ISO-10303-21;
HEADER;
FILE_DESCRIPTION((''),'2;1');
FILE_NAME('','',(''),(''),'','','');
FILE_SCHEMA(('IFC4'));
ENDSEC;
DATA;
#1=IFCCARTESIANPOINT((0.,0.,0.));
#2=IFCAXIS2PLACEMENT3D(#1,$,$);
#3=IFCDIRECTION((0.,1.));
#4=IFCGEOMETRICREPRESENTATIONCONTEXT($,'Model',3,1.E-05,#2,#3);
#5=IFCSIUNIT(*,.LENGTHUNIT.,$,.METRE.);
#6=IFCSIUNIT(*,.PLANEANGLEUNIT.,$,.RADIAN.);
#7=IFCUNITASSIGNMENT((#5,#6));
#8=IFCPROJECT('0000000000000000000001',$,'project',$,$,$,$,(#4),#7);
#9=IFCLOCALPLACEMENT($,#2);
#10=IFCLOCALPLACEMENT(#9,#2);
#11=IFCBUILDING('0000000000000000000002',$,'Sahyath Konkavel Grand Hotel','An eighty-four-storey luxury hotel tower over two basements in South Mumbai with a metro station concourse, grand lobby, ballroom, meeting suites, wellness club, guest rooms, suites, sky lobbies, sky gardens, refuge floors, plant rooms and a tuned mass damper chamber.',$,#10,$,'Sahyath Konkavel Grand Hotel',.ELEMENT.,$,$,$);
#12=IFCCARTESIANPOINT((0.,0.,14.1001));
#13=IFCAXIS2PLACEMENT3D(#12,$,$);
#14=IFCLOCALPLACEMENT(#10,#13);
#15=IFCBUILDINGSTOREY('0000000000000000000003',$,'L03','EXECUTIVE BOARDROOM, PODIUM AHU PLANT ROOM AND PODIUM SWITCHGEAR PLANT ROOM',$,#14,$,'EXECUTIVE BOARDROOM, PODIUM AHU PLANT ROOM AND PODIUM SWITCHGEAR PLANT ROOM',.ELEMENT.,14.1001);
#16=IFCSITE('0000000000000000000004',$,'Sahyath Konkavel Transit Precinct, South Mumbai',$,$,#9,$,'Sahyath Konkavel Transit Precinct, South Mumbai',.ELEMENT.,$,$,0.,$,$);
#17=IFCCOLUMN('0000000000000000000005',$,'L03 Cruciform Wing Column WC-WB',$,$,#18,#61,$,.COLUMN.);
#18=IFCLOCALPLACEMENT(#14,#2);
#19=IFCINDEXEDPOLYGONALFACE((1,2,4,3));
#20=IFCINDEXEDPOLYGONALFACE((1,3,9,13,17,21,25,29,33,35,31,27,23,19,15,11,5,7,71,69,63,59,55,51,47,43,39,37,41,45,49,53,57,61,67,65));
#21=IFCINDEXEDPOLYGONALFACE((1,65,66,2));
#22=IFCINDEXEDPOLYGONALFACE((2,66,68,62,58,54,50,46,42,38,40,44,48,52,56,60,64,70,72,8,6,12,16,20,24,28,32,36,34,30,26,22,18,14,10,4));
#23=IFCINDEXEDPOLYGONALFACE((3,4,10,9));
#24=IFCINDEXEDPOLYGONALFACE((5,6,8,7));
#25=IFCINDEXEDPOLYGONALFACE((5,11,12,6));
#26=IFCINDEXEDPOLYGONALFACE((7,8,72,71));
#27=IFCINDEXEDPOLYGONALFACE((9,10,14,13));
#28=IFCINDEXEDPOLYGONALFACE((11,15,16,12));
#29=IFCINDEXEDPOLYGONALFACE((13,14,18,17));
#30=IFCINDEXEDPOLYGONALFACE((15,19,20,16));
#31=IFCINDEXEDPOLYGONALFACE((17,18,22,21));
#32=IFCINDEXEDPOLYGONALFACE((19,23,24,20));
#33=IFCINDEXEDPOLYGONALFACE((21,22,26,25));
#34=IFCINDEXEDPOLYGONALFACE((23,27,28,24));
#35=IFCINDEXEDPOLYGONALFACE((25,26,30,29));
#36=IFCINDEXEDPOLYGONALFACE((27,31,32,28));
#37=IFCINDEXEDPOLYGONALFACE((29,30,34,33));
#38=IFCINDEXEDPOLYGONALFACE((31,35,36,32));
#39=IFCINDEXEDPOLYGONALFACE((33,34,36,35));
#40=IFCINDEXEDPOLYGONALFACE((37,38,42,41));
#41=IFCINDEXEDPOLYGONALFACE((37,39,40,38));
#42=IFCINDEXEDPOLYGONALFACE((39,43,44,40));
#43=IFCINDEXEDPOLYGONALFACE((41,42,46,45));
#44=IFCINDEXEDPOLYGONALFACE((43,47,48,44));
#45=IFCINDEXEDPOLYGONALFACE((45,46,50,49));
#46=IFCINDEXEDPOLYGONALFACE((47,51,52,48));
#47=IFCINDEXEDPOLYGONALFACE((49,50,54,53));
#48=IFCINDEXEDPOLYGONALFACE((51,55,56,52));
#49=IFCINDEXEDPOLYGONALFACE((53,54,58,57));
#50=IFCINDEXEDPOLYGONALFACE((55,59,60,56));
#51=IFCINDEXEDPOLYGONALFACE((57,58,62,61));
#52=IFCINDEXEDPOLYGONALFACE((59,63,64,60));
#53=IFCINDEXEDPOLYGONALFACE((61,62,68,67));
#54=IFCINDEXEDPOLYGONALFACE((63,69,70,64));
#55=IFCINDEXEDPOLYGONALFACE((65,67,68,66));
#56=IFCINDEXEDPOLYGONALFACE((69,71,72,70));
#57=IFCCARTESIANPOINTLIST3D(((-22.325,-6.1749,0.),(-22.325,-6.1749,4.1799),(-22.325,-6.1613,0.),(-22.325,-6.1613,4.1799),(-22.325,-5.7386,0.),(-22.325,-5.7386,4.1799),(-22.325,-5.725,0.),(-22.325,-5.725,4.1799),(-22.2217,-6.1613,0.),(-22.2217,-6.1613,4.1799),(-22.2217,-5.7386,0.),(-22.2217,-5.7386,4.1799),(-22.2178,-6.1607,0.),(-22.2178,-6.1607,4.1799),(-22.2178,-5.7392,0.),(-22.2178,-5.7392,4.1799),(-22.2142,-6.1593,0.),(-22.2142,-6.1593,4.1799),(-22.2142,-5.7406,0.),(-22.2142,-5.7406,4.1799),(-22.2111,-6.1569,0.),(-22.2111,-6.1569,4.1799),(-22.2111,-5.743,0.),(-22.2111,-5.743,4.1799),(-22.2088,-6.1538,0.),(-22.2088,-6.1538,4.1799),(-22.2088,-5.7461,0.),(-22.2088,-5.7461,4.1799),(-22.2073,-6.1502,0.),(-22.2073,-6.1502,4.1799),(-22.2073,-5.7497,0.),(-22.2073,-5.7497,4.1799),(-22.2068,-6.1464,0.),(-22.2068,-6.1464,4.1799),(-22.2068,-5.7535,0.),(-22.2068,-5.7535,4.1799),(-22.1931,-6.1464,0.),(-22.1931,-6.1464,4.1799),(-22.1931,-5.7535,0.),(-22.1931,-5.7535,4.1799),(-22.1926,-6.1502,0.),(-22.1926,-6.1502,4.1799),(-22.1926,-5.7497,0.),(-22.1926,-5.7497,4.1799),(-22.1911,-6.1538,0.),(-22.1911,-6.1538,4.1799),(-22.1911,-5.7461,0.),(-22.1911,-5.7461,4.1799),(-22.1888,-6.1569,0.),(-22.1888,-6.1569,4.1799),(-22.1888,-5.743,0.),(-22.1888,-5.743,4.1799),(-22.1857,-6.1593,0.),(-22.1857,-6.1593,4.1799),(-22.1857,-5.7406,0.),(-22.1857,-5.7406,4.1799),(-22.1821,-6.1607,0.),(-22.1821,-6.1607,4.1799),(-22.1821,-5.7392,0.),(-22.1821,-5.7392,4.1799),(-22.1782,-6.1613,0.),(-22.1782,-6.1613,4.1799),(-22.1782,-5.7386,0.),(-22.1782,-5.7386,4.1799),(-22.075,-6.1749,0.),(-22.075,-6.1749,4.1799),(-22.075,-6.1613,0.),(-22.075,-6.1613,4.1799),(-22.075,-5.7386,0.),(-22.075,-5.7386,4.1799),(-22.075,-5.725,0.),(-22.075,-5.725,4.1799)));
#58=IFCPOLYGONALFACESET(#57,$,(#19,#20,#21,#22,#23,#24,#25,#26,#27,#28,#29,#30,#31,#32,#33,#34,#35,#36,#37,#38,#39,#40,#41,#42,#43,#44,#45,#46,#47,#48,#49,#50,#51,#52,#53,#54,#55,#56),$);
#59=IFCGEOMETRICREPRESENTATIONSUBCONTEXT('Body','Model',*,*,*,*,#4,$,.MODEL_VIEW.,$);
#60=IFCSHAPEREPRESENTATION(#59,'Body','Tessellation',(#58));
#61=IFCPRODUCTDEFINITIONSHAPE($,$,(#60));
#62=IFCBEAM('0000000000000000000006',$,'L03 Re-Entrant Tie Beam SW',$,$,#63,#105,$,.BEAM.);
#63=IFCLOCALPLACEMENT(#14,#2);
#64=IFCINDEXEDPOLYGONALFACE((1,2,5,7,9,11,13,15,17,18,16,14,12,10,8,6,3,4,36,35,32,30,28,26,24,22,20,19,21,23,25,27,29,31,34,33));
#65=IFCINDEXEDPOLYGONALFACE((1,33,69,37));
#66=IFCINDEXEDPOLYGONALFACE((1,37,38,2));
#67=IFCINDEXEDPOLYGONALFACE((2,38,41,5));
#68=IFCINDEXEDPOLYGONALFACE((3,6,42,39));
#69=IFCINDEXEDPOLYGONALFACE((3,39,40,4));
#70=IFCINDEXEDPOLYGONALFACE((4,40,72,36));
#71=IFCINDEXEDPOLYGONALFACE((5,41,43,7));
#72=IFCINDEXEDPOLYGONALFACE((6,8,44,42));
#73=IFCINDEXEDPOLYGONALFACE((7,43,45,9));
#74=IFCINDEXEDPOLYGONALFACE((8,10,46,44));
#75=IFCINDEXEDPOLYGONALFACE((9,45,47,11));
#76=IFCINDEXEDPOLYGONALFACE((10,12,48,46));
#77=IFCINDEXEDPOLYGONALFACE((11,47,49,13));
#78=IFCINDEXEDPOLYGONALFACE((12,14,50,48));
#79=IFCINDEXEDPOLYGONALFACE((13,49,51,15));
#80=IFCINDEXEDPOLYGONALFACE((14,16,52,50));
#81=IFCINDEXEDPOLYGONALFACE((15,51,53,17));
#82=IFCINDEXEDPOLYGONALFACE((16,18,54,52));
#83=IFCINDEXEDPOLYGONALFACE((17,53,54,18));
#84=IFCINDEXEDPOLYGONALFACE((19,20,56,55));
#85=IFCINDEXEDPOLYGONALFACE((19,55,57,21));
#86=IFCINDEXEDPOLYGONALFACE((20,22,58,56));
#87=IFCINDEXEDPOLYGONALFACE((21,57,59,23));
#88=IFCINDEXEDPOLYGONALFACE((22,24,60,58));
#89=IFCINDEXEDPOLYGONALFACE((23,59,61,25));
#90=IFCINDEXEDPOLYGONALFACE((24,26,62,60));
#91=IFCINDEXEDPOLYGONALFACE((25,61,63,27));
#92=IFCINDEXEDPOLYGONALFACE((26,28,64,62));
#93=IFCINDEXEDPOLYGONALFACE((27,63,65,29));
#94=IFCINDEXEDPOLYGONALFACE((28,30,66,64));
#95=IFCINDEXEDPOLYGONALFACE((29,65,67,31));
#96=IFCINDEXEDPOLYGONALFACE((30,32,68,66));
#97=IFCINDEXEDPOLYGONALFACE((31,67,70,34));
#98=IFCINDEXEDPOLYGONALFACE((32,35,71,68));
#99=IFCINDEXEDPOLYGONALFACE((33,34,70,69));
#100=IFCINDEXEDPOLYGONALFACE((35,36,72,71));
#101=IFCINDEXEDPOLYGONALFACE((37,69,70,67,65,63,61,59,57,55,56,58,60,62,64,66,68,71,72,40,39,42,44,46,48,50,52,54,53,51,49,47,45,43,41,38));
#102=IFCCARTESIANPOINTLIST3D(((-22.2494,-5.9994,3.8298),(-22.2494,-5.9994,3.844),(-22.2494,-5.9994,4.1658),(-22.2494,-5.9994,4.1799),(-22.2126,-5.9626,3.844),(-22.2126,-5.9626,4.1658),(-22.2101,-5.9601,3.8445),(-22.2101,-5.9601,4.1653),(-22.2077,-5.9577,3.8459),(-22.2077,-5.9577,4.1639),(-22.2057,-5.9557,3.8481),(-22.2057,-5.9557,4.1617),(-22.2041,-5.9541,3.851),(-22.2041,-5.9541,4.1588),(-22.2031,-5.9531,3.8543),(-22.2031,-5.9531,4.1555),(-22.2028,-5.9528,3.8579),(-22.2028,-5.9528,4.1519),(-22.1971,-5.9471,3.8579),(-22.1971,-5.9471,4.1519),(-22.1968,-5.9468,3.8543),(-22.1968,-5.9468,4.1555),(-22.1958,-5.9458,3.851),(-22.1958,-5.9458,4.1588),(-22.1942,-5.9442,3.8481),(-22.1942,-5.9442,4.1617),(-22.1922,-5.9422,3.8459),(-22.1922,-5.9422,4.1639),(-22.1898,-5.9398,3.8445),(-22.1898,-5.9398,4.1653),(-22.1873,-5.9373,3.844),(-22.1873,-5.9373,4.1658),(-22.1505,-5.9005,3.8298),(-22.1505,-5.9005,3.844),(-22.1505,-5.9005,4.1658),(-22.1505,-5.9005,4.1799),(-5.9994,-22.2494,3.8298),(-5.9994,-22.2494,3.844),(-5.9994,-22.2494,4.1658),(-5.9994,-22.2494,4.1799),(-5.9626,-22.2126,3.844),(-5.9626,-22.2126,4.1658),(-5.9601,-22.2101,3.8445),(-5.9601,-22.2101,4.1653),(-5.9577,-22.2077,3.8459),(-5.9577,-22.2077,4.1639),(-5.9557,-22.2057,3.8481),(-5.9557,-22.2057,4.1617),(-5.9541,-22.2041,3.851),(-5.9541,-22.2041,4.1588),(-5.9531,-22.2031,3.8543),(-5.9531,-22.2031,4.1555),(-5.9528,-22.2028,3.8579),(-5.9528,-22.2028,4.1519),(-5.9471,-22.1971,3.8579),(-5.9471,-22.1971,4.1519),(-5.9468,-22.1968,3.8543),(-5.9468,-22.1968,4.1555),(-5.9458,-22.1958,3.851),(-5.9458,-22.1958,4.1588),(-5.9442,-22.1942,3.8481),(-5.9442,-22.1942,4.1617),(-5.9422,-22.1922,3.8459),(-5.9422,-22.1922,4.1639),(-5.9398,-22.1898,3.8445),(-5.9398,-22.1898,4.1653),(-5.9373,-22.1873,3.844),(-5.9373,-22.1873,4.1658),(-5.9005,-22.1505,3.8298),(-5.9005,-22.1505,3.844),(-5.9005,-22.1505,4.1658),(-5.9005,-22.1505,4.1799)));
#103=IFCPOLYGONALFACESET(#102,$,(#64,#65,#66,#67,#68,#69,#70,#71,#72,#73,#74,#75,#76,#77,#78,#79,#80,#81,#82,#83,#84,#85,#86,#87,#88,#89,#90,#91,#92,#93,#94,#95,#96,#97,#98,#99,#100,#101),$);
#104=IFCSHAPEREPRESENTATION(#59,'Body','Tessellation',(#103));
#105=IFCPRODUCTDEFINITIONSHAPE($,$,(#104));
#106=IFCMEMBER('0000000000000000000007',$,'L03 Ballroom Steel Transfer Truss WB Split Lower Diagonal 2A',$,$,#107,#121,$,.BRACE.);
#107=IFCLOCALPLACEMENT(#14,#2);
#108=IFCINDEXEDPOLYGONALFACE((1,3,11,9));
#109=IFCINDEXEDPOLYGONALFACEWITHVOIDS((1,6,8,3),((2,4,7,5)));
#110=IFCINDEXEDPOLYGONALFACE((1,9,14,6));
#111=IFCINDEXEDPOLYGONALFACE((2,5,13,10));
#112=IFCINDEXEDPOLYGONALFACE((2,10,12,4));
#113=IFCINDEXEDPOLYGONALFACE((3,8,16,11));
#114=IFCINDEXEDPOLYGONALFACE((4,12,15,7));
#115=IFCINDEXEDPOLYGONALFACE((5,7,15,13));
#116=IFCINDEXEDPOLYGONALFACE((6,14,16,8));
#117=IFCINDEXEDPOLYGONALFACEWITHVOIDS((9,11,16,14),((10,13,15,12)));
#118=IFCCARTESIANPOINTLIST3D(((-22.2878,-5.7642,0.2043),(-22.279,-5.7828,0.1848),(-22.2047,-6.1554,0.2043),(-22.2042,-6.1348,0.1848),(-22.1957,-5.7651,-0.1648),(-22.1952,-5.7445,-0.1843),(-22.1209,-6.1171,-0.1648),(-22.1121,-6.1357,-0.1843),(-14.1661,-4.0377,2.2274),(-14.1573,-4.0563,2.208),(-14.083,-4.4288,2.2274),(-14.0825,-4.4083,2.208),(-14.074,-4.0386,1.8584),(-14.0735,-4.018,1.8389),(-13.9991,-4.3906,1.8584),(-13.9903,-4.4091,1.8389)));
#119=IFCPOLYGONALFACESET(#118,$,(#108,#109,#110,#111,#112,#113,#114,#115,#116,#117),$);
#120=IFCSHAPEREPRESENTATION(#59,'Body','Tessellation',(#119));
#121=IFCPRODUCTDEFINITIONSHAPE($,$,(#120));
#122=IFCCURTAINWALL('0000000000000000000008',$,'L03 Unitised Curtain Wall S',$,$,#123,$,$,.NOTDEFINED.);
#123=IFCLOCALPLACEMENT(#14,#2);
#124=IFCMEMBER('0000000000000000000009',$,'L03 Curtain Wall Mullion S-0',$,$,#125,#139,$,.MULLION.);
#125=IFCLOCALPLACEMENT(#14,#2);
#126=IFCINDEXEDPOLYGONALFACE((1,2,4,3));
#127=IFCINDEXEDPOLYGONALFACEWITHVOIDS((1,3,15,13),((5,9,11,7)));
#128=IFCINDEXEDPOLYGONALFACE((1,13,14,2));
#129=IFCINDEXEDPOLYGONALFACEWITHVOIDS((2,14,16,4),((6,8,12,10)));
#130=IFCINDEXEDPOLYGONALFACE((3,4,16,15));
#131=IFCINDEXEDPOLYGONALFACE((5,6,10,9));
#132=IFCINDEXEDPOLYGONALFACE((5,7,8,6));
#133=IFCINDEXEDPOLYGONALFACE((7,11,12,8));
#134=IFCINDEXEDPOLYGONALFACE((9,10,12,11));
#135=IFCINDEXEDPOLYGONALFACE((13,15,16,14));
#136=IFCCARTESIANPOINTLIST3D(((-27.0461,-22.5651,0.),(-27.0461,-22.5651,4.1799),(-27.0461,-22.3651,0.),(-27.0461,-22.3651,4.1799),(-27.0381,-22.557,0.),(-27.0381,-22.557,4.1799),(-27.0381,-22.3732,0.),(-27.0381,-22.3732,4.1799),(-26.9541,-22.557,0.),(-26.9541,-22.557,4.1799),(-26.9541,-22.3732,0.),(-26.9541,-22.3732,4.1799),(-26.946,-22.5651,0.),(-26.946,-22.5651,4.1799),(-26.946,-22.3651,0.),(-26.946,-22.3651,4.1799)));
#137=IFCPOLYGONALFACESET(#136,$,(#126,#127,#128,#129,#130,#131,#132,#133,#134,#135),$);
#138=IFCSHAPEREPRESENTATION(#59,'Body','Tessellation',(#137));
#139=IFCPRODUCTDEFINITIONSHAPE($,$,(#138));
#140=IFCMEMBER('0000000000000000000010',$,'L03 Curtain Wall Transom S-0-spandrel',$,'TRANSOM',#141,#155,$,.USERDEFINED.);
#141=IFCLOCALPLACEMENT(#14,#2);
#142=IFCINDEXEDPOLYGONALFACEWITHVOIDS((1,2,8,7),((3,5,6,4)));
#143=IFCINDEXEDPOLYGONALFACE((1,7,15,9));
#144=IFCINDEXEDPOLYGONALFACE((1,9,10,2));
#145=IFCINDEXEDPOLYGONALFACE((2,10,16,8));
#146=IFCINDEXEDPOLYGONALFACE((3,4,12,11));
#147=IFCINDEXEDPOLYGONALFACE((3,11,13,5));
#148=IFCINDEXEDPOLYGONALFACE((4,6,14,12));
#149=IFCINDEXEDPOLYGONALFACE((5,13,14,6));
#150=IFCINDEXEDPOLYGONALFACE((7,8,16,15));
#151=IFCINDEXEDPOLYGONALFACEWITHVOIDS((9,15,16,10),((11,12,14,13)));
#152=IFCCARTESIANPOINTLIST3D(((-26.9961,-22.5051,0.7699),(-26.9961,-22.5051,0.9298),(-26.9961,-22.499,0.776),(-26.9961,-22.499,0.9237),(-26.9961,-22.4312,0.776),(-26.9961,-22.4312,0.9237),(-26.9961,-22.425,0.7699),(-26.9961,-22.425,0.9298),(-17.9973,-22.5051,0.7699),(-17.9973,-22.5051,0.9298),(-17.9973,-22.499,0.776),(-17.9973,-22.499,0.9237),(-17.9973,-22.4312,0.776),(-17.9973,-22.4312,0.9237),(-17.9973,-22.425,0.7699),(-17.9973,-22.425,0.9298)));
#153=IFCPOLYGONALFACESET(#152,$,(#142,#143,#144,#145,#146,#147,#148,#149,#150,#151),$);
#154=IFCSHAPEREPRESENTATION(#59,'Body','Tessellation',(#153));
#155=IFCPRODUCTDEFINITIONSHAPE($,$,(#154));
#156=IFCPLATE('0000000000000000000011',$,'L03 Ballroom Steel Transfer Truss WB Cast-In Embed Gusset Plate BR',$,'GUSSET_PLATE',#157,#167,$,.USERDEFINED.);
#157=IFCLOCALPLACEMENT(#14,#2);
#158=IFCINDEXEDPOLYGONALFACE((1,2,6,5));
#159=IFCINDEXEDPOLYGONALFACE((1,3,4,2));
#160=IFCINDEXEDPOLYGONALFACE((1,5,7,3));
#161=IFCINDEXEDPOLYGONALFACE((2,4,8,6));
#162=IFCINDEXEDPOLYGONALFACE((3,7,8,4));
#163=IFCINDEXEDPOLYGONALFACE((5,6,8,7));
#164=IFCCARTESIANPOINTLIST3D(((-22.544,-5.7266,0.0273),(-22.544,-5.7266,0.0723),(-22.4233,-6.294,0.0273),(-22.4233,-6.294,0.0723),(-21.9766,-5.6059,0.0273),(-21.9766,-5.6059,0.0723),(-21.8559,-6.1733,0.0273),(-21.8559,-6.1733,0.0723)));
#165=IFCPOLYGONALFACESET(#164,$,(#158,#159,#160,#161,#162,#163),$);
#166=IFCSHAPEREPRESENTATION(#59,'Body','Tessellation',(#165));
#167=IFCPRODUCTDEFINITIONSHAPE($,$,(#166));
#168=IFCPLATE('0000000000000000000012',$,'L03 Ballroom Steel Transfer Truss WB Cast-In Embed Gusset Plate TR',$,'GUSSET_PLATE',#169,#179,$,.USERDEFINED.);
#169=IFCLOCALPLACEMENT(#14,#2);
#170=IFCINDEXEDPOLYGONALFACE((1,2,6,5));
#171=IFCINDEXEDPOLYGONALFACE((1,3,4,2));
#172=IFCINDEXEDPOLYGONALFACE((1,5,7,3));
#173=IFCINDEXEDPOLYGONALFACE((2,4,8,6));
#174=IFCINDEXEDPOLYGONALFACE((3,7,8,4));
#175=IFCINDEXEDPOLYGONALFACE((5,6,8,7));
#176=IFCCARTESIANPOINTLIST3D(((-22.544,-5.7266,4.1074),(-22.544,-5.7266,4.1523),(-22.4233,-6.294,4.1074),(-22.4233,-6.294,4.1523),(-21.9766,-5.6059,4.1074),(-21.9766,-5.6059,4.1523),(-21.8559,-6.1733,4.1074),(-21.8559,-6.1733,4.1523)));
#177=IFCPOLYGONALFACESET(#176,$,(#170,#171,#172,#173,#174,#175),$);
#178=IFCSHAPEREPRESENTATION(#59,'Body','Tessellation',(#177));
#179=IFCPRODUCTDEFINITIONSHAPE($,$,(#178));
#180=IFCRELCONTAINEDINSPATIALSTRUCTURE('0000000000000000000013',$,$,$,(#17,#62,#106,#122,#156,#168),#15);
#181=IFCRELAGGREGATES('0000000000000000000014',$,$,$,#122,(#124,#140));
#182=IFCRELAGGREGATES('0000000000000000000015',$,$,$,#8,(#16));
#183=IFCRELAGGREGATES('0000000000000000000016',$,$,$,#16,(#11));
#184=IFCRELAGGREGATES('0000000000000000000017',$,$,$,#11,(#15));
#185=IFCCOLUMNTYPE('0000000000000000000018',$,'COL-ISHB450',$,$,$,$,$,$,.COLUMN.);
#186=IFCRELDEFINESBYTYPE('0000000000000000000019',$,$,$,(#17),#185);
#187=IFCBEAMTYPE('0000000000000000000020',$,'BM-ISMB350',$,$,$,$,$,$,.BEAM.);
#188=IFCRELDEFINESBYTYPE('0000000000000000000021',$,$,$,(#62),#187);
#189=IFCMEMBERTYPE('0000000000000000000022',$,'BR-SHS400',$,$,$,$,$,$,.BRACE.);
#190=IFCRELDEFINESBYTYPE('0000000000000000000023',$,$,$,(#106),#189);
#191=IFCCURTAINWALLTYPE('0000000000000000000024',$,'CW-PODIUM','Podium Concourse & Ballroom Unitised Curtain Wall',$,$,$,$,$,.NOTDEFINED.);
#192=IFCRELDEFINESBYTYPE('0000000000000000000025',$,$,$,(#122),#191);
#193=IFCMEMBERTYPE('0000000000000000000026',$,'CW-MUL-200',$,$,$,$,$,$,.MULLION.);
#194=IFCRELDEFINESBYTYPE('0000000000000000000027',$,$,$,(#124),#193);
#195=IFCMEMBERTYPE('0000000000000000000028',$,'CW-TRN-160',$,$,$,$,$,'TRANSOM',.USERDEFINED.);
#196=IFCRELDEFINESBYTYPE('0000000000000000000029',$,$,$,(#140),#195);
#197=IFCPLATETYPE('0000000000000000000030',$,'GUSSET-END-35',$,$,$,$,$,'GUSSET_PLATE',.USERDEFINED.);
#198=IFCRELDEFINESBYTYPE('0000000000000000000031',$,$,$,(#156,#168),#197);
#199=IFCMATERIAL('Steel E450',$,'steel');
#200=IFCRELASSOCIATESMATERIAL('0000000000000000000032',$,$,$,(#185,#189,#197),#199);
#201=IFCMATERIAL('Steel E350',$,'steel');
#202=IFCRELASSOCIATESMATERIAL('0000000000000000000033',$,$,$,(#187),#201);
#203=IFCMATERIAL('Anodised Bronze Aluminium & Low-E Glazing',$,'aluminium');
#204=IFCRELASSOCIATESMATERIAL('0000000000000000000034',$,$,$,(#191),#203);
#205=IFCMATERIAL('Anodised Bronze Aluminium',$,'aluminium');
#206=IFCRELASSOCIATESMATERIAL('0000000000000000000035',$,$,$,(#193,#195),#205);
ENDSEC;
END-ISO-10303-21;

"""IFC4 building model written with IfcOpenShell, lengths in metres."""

from ifc_helpers import new_model, si_unit, direction, frame, origin, origin_2d, place, context, subcontext, project, spatial, rectangle, hollow_rectangle, i_section, extrude, source, transform, mapped, material, material_profile, profile_set, type_object, element, aggregate, save


model = new_model("IFC4")

# Units and contexts
model_context = context("Model", 3, precision=1e-05, world=origin(), true_north=direction((0.0, 1.0)))
body_context = subcontext(model_context, "Body", "Model", "MODEL_VIEW")
ifc_project = project(units=[si_unit("LENGTHUNIT", "METRE"), si_unit("PLANEANGLEUNIT", "RADIAN")], contexts=[model_context])

# Site, building, storey
site_placement = place(None, origin())
site = spatial("IfcSite", under=ifc_project, at=site_placement, Name="Sahyath Konkavel Transit Precinct, South Mumbai", LongName="Sahyath Konkavel Transit Precinct, South Mumbai", CompositionType="ELEMENT", RefElevation=0.0)
building_placement = place(site_placement, origin())
building = spatial("IfcBuilding", under=site, at=building_placement, Name="Sahyath Konkavel Grand Hotel", Description="An eighty-four-storey luxury hotel tower over two basements in South Mumbai with a metro station concourse, grand lobby, ballroom, meeting suites, wellness club, guest rooms, suites, sky lobbies, sky gardens, refuge floors, plant rooms and a tuned mass damper chamber.", LongName="Sahyath Konkavel Grand Hotel", CompositionType="ELEMENT")
storey_placement = place(building_placement, frame((0.0, 0.0, 14.1001)))
storey = spatial("IfcBuildingStorey", under=building, at=storey_placement, Name="L03", Description="EXECUTIVE BOARDROOM, PODIUM AHU PLANT ROOM AND PODIUM SWITCHGEAR PLANT ROOM", LongName="EXECUTIVE BOARDROOM, PODIUM AHU PLANT ROOM AND PODIUM SWITCHGEAR PLANT ROOM", CompositionType="ELEMENT", Elevation=14.1001)

# Column
ifc_material_1 = material(Name="Steel E450", Category="steel")
ifc_material_profile_1 = material_profile(ifc_material_1, i_section(OverallWidth=0.25, OverallDepth=0.45, WebThickness=0.0137, FlangeThickness=0.0137, FilletRadius=0.0149, at=origin_2d()), Name="ISHB 450")
ifc_profile_set_1 = profile_set([ifc_material_profile_1], Name="Steel E450")
column_type = type_object("IfcColumnType", Name="COL-ISHB450", PredefinedType="COLUMN", material=ifc_profile_set_1)
shared_shape_1 = source(origin(), body_context, "Body", "SweptSolid", [
    extrude(i_section(OverallWidth=0.25, OverallDepth=0.45, WebThickness=0.0137, FlangeThickness=0.0137, FilletRadius=0.0149, at=origin_2d()), origin(), (0.0, 0.0, 1.0), 4.1799),
])
column_placement = place(storey_placement, frame((-22.2, -5.95, 0.0), z_axis=(0.0, 0.0, 1.0), x_axis=(1.0, 0.0, 0.0)))
element("IfcColumn", 1, at=column_placement, inside=storey, type_object=column_type, Name="L03 Cruciform Wing Column WC-WB", PredefinedType="COLUMN", context=body_context, shape_type="MappedRepresentation", body=[
    mapped(shared_shape_1, transform((0.0, 0.0, 0.0), scale=1.0)),
])

# Beam
ifc_material_2 = material(Name="Steel E350", Category="steel")
ifc_material_profile_2 = material_profile(ifc_material_2, i_section(OverallWidth=0.1399, OverallDepth=0.3501, WebThickness=0.0081, FlangeThickness=0.0142, FilletRadius=0.0139, at=origin_2d()), Name="ISMB 350")
ifc_profile_set_2 = profile_set([ifc_material_profile_2], Name="Steel E350")
beam_type = type_object("IfcBeamType", Name="BM-ISMB350", PredefinedType="BEAM", material=ifc_profile_set_2)
shared_shape_2 = source(origin(), body_context, "Body", "SweptSolid", [
    extrude(i_section(OverallWidth=0.1399, OverallDepth=0.3501, WebThickness=0.0081, FlangeThickness=0.0142, FilletRadius=0.0139, at=origin_2d()), origin(), (0.0, 0.0, 1.0), 22.981),
])
beam_placement = place(storey_placement, frame((-22.2, -5.95, 4.0049), z_axis=(0.707107, -0.707107, 0.0), x_axis=(0.707107, 0.707107, 0.0)))
element("IfcBeam", 2, at=beam_placement, inside=storey, type_object=beam_type, Name="L03 Re-Entrant Tie Beam SW", PredefinedType="BEAM", context=body_context, shape_type="MappedRepresentation", body=[
    mapped(shared_shape_2, transform((0.0, 0.0, 0.0), scale=1.0)),
])

# Member
ifc_material_profile_3 = material_profile(ifc_material_1, hollow_rectangle(XDim=0.3999, YDim=0.3999, WallThickness=0.02, at=origin_2d()), Name="SHS 400x400x20")
ifc_profile_set_3 = profile_set([ifc_material_profile_3], Name="Steel E450")
member_type_1 = type_object("IfcMemberType", Name="BR-SHS400", PredefinedType="BRACE", material=ifc_profile_set_3)
shared_shape_3 = source(origin(), body_context, "Body", "SweptSolid", [
    extrude(hollow_rectangle(XDim=0.3999, YDim=0.3999, WallThickness=0.02, at=origin_2d()), origin(), (0.0, 0.0, 1.0), 8.5461),
])
member_1_placement = place(storey_placement, frame((-22.2, -5.95, 0.01), z_axis=(0.950338, 0.202026, 0.236735), x_axis=(-0.207936, 0.978142, 0.0)))
element("IfcMember", 3, at=member_1_placement, inside=storey, type_object=member_type_1, Name="L03 Ballroom Steel Transfer Truss WB Split Lower Diagonal 2A", PredefinedType="BRACE", context=body_context, shape_type="MappedRepresentation", body=[
    mapped(shared_shape_3, transform((0.0, 0.0, 0.0), scale=1.0)),
])

# Curtain wall, members
ifc_material_3 = material(Name="Anodised Bronze Aluminium & Low-E Glazing", Category="aluminium")
curtain_wall_type = type_object("IfcCurtainWallType", Name="CW-PODIUM", Description="Podium Concourse & Ballroom Unitised Curtain Wall", PredefinedType="NOTDEFINED", material=ifc_material_3)
curtain_wall_placement = place(storey_placement, origin())
curtain_wall = element("IfcCurtainWall", 4, at=curtain_wall_placement, inside=storey, type_object=curtain_wall_type, Name="L03 Unitised Curtain Wall S", PredefinedType="NOTDEFINED")
ifc_material_4 = material(Name="Anodised Bronze Aluminium", Category="aluminium")
ifc_material_profile_4 = material_profile(ifc_material_4, hollow_rectangle(XDim=0.1001, YDim=0.2, WallThickness=0.0081, at=origin_2d()), Name="RHS 200x100x8")
ifc_profile_set_4 = profile_set([ifc_material_profile_4], Name="Anodised Bronze Aluminium")
member_type_2 = type_object("IfcMemberType", Name="CW-MUL-200", PredefinedType="MULLION", material=ifc_profile_set_4)
shared_shape_4 = source(origin(), body_context, "Body", "SweptSolid", [
    extrude(hollow_rectangle(XDim=0.1001, YDim=0.2, WallThickness=0.0081, at=origin_2d()), origin(), (0.0, 0.0, 1.0), 4.1799),
])
member_2_placement = place(storey_placement, frame((-26.9961, -22.4651, 0.0), z_axis=(0.0, 0.0, 1.0), x_axis=(1.0, 0.0, 0.0)))
member_2 = element("IfcMember", 5, at=member_2_placement, type_object=member_type_2, Name="L03 Curtain Wall Mullion S-0", PredefinedType="MULLION", context=body_context, shape_type="MappedRepresentation", body=[
    mapped(shared_shape_4, transform((0.0, 0.0, 0.0), scale=1.0)),
])
ifc_material_profile_5 = material_profile(ifc_material_4, hollow_rectangle(XDim=0.0801, YDim=0.1599, WallThickness=0.0061, at=origin_2d()), Name="RHS 160x80x6")
ifc_profile_set_5 = profile_set([ifc_material_profile_5], Name="Anodised Bronze Aluminium")
member_type_3 = type_object("IfcMemberType", Name="CW-TRN-160", ElementType="TRANSOM", PredefinedType="USERDEFINED", material=ifc_profile_set_5)
shared_shape_5 = source(origin(), body_context, "Body", "SweptSolid", [
    extrude(hollow_rectangle(XDim=0.0801, YDim=0.1599, WallThickness=0.0061, at=origin_2d()), origin(), (0.0, 0.0, 1.0), 8.9988),
])
member_3_placement = place(storey_placement, frame((-26.9961, -22.4651, 0.8499), z_axis=(1.0, 0.0, 0.0), x_axis=(0.0, 1.0, 0.0)))
member_3 = element("IfcMember", 6, at=member_3_placement, type_object=member_type_3, Name="L03 Curtain Wall Transom S-0-spandrel", ObjectType="TRANSOM", PredefinedType="USERDEFINED", context=body_context, shape_type="MappedRepresentation", body=[
    mapped(shared_shape_5, transform((0.0, 0.0, 0.0), scale=1.0)),
])

# Plates
plate_type_1 = type_object("IfcPlateType", Name="GUSSET-END-35", ElementType="GUSSET_PLATE", PredefinedType="USERDEFINED", material=ifc_material_1)
shared_shape_6 = source(origin(), body_context, "Body", "SweptSolid", [
    extrude(rectangle(XDim=0.5801, YDim=0.5801, at=origin_2d()), origin(), (0.0, 0.0, 1.0), 0.0449),
])
for number, where, z_axis, x_axis, name in (
    (7, (-22.2, -5.95, 0.0273), (0.0, 0.0, 1.0), (-0.978144, -0.207929, 0.0), "L03 Ballroom Steel Transfer Truss WB Cast-In Embed Gusset Plate BR"),
    (8, (-22.2, -5.95, 4.1074), (0.0, 0.0, 1.0), (-0.978144, -0.207929, 0.0), "L03 Ballroom Steel Transfer Truss WB Cast-In Embed Gusset Plate TR"),
):
    element("IfcPlate", number, at=place(storey_placement, frame(where, z_axis=z_axis, x_axis=x_axis)), inside=storey, type_object=plate_type_1, Name=name, ObjectType="GUSSET_PLATE", PredefinedType="USERDEFINED", context=body_context, shape_type="MappedRepresentation", body=[
        mapped(shared_shape_6, transform((0.0, 0.0, 0.0), scale=1.0)),
    ])

aggregate(curtain_wall, [member_2, member_3])

save(model, "model.ifc")
